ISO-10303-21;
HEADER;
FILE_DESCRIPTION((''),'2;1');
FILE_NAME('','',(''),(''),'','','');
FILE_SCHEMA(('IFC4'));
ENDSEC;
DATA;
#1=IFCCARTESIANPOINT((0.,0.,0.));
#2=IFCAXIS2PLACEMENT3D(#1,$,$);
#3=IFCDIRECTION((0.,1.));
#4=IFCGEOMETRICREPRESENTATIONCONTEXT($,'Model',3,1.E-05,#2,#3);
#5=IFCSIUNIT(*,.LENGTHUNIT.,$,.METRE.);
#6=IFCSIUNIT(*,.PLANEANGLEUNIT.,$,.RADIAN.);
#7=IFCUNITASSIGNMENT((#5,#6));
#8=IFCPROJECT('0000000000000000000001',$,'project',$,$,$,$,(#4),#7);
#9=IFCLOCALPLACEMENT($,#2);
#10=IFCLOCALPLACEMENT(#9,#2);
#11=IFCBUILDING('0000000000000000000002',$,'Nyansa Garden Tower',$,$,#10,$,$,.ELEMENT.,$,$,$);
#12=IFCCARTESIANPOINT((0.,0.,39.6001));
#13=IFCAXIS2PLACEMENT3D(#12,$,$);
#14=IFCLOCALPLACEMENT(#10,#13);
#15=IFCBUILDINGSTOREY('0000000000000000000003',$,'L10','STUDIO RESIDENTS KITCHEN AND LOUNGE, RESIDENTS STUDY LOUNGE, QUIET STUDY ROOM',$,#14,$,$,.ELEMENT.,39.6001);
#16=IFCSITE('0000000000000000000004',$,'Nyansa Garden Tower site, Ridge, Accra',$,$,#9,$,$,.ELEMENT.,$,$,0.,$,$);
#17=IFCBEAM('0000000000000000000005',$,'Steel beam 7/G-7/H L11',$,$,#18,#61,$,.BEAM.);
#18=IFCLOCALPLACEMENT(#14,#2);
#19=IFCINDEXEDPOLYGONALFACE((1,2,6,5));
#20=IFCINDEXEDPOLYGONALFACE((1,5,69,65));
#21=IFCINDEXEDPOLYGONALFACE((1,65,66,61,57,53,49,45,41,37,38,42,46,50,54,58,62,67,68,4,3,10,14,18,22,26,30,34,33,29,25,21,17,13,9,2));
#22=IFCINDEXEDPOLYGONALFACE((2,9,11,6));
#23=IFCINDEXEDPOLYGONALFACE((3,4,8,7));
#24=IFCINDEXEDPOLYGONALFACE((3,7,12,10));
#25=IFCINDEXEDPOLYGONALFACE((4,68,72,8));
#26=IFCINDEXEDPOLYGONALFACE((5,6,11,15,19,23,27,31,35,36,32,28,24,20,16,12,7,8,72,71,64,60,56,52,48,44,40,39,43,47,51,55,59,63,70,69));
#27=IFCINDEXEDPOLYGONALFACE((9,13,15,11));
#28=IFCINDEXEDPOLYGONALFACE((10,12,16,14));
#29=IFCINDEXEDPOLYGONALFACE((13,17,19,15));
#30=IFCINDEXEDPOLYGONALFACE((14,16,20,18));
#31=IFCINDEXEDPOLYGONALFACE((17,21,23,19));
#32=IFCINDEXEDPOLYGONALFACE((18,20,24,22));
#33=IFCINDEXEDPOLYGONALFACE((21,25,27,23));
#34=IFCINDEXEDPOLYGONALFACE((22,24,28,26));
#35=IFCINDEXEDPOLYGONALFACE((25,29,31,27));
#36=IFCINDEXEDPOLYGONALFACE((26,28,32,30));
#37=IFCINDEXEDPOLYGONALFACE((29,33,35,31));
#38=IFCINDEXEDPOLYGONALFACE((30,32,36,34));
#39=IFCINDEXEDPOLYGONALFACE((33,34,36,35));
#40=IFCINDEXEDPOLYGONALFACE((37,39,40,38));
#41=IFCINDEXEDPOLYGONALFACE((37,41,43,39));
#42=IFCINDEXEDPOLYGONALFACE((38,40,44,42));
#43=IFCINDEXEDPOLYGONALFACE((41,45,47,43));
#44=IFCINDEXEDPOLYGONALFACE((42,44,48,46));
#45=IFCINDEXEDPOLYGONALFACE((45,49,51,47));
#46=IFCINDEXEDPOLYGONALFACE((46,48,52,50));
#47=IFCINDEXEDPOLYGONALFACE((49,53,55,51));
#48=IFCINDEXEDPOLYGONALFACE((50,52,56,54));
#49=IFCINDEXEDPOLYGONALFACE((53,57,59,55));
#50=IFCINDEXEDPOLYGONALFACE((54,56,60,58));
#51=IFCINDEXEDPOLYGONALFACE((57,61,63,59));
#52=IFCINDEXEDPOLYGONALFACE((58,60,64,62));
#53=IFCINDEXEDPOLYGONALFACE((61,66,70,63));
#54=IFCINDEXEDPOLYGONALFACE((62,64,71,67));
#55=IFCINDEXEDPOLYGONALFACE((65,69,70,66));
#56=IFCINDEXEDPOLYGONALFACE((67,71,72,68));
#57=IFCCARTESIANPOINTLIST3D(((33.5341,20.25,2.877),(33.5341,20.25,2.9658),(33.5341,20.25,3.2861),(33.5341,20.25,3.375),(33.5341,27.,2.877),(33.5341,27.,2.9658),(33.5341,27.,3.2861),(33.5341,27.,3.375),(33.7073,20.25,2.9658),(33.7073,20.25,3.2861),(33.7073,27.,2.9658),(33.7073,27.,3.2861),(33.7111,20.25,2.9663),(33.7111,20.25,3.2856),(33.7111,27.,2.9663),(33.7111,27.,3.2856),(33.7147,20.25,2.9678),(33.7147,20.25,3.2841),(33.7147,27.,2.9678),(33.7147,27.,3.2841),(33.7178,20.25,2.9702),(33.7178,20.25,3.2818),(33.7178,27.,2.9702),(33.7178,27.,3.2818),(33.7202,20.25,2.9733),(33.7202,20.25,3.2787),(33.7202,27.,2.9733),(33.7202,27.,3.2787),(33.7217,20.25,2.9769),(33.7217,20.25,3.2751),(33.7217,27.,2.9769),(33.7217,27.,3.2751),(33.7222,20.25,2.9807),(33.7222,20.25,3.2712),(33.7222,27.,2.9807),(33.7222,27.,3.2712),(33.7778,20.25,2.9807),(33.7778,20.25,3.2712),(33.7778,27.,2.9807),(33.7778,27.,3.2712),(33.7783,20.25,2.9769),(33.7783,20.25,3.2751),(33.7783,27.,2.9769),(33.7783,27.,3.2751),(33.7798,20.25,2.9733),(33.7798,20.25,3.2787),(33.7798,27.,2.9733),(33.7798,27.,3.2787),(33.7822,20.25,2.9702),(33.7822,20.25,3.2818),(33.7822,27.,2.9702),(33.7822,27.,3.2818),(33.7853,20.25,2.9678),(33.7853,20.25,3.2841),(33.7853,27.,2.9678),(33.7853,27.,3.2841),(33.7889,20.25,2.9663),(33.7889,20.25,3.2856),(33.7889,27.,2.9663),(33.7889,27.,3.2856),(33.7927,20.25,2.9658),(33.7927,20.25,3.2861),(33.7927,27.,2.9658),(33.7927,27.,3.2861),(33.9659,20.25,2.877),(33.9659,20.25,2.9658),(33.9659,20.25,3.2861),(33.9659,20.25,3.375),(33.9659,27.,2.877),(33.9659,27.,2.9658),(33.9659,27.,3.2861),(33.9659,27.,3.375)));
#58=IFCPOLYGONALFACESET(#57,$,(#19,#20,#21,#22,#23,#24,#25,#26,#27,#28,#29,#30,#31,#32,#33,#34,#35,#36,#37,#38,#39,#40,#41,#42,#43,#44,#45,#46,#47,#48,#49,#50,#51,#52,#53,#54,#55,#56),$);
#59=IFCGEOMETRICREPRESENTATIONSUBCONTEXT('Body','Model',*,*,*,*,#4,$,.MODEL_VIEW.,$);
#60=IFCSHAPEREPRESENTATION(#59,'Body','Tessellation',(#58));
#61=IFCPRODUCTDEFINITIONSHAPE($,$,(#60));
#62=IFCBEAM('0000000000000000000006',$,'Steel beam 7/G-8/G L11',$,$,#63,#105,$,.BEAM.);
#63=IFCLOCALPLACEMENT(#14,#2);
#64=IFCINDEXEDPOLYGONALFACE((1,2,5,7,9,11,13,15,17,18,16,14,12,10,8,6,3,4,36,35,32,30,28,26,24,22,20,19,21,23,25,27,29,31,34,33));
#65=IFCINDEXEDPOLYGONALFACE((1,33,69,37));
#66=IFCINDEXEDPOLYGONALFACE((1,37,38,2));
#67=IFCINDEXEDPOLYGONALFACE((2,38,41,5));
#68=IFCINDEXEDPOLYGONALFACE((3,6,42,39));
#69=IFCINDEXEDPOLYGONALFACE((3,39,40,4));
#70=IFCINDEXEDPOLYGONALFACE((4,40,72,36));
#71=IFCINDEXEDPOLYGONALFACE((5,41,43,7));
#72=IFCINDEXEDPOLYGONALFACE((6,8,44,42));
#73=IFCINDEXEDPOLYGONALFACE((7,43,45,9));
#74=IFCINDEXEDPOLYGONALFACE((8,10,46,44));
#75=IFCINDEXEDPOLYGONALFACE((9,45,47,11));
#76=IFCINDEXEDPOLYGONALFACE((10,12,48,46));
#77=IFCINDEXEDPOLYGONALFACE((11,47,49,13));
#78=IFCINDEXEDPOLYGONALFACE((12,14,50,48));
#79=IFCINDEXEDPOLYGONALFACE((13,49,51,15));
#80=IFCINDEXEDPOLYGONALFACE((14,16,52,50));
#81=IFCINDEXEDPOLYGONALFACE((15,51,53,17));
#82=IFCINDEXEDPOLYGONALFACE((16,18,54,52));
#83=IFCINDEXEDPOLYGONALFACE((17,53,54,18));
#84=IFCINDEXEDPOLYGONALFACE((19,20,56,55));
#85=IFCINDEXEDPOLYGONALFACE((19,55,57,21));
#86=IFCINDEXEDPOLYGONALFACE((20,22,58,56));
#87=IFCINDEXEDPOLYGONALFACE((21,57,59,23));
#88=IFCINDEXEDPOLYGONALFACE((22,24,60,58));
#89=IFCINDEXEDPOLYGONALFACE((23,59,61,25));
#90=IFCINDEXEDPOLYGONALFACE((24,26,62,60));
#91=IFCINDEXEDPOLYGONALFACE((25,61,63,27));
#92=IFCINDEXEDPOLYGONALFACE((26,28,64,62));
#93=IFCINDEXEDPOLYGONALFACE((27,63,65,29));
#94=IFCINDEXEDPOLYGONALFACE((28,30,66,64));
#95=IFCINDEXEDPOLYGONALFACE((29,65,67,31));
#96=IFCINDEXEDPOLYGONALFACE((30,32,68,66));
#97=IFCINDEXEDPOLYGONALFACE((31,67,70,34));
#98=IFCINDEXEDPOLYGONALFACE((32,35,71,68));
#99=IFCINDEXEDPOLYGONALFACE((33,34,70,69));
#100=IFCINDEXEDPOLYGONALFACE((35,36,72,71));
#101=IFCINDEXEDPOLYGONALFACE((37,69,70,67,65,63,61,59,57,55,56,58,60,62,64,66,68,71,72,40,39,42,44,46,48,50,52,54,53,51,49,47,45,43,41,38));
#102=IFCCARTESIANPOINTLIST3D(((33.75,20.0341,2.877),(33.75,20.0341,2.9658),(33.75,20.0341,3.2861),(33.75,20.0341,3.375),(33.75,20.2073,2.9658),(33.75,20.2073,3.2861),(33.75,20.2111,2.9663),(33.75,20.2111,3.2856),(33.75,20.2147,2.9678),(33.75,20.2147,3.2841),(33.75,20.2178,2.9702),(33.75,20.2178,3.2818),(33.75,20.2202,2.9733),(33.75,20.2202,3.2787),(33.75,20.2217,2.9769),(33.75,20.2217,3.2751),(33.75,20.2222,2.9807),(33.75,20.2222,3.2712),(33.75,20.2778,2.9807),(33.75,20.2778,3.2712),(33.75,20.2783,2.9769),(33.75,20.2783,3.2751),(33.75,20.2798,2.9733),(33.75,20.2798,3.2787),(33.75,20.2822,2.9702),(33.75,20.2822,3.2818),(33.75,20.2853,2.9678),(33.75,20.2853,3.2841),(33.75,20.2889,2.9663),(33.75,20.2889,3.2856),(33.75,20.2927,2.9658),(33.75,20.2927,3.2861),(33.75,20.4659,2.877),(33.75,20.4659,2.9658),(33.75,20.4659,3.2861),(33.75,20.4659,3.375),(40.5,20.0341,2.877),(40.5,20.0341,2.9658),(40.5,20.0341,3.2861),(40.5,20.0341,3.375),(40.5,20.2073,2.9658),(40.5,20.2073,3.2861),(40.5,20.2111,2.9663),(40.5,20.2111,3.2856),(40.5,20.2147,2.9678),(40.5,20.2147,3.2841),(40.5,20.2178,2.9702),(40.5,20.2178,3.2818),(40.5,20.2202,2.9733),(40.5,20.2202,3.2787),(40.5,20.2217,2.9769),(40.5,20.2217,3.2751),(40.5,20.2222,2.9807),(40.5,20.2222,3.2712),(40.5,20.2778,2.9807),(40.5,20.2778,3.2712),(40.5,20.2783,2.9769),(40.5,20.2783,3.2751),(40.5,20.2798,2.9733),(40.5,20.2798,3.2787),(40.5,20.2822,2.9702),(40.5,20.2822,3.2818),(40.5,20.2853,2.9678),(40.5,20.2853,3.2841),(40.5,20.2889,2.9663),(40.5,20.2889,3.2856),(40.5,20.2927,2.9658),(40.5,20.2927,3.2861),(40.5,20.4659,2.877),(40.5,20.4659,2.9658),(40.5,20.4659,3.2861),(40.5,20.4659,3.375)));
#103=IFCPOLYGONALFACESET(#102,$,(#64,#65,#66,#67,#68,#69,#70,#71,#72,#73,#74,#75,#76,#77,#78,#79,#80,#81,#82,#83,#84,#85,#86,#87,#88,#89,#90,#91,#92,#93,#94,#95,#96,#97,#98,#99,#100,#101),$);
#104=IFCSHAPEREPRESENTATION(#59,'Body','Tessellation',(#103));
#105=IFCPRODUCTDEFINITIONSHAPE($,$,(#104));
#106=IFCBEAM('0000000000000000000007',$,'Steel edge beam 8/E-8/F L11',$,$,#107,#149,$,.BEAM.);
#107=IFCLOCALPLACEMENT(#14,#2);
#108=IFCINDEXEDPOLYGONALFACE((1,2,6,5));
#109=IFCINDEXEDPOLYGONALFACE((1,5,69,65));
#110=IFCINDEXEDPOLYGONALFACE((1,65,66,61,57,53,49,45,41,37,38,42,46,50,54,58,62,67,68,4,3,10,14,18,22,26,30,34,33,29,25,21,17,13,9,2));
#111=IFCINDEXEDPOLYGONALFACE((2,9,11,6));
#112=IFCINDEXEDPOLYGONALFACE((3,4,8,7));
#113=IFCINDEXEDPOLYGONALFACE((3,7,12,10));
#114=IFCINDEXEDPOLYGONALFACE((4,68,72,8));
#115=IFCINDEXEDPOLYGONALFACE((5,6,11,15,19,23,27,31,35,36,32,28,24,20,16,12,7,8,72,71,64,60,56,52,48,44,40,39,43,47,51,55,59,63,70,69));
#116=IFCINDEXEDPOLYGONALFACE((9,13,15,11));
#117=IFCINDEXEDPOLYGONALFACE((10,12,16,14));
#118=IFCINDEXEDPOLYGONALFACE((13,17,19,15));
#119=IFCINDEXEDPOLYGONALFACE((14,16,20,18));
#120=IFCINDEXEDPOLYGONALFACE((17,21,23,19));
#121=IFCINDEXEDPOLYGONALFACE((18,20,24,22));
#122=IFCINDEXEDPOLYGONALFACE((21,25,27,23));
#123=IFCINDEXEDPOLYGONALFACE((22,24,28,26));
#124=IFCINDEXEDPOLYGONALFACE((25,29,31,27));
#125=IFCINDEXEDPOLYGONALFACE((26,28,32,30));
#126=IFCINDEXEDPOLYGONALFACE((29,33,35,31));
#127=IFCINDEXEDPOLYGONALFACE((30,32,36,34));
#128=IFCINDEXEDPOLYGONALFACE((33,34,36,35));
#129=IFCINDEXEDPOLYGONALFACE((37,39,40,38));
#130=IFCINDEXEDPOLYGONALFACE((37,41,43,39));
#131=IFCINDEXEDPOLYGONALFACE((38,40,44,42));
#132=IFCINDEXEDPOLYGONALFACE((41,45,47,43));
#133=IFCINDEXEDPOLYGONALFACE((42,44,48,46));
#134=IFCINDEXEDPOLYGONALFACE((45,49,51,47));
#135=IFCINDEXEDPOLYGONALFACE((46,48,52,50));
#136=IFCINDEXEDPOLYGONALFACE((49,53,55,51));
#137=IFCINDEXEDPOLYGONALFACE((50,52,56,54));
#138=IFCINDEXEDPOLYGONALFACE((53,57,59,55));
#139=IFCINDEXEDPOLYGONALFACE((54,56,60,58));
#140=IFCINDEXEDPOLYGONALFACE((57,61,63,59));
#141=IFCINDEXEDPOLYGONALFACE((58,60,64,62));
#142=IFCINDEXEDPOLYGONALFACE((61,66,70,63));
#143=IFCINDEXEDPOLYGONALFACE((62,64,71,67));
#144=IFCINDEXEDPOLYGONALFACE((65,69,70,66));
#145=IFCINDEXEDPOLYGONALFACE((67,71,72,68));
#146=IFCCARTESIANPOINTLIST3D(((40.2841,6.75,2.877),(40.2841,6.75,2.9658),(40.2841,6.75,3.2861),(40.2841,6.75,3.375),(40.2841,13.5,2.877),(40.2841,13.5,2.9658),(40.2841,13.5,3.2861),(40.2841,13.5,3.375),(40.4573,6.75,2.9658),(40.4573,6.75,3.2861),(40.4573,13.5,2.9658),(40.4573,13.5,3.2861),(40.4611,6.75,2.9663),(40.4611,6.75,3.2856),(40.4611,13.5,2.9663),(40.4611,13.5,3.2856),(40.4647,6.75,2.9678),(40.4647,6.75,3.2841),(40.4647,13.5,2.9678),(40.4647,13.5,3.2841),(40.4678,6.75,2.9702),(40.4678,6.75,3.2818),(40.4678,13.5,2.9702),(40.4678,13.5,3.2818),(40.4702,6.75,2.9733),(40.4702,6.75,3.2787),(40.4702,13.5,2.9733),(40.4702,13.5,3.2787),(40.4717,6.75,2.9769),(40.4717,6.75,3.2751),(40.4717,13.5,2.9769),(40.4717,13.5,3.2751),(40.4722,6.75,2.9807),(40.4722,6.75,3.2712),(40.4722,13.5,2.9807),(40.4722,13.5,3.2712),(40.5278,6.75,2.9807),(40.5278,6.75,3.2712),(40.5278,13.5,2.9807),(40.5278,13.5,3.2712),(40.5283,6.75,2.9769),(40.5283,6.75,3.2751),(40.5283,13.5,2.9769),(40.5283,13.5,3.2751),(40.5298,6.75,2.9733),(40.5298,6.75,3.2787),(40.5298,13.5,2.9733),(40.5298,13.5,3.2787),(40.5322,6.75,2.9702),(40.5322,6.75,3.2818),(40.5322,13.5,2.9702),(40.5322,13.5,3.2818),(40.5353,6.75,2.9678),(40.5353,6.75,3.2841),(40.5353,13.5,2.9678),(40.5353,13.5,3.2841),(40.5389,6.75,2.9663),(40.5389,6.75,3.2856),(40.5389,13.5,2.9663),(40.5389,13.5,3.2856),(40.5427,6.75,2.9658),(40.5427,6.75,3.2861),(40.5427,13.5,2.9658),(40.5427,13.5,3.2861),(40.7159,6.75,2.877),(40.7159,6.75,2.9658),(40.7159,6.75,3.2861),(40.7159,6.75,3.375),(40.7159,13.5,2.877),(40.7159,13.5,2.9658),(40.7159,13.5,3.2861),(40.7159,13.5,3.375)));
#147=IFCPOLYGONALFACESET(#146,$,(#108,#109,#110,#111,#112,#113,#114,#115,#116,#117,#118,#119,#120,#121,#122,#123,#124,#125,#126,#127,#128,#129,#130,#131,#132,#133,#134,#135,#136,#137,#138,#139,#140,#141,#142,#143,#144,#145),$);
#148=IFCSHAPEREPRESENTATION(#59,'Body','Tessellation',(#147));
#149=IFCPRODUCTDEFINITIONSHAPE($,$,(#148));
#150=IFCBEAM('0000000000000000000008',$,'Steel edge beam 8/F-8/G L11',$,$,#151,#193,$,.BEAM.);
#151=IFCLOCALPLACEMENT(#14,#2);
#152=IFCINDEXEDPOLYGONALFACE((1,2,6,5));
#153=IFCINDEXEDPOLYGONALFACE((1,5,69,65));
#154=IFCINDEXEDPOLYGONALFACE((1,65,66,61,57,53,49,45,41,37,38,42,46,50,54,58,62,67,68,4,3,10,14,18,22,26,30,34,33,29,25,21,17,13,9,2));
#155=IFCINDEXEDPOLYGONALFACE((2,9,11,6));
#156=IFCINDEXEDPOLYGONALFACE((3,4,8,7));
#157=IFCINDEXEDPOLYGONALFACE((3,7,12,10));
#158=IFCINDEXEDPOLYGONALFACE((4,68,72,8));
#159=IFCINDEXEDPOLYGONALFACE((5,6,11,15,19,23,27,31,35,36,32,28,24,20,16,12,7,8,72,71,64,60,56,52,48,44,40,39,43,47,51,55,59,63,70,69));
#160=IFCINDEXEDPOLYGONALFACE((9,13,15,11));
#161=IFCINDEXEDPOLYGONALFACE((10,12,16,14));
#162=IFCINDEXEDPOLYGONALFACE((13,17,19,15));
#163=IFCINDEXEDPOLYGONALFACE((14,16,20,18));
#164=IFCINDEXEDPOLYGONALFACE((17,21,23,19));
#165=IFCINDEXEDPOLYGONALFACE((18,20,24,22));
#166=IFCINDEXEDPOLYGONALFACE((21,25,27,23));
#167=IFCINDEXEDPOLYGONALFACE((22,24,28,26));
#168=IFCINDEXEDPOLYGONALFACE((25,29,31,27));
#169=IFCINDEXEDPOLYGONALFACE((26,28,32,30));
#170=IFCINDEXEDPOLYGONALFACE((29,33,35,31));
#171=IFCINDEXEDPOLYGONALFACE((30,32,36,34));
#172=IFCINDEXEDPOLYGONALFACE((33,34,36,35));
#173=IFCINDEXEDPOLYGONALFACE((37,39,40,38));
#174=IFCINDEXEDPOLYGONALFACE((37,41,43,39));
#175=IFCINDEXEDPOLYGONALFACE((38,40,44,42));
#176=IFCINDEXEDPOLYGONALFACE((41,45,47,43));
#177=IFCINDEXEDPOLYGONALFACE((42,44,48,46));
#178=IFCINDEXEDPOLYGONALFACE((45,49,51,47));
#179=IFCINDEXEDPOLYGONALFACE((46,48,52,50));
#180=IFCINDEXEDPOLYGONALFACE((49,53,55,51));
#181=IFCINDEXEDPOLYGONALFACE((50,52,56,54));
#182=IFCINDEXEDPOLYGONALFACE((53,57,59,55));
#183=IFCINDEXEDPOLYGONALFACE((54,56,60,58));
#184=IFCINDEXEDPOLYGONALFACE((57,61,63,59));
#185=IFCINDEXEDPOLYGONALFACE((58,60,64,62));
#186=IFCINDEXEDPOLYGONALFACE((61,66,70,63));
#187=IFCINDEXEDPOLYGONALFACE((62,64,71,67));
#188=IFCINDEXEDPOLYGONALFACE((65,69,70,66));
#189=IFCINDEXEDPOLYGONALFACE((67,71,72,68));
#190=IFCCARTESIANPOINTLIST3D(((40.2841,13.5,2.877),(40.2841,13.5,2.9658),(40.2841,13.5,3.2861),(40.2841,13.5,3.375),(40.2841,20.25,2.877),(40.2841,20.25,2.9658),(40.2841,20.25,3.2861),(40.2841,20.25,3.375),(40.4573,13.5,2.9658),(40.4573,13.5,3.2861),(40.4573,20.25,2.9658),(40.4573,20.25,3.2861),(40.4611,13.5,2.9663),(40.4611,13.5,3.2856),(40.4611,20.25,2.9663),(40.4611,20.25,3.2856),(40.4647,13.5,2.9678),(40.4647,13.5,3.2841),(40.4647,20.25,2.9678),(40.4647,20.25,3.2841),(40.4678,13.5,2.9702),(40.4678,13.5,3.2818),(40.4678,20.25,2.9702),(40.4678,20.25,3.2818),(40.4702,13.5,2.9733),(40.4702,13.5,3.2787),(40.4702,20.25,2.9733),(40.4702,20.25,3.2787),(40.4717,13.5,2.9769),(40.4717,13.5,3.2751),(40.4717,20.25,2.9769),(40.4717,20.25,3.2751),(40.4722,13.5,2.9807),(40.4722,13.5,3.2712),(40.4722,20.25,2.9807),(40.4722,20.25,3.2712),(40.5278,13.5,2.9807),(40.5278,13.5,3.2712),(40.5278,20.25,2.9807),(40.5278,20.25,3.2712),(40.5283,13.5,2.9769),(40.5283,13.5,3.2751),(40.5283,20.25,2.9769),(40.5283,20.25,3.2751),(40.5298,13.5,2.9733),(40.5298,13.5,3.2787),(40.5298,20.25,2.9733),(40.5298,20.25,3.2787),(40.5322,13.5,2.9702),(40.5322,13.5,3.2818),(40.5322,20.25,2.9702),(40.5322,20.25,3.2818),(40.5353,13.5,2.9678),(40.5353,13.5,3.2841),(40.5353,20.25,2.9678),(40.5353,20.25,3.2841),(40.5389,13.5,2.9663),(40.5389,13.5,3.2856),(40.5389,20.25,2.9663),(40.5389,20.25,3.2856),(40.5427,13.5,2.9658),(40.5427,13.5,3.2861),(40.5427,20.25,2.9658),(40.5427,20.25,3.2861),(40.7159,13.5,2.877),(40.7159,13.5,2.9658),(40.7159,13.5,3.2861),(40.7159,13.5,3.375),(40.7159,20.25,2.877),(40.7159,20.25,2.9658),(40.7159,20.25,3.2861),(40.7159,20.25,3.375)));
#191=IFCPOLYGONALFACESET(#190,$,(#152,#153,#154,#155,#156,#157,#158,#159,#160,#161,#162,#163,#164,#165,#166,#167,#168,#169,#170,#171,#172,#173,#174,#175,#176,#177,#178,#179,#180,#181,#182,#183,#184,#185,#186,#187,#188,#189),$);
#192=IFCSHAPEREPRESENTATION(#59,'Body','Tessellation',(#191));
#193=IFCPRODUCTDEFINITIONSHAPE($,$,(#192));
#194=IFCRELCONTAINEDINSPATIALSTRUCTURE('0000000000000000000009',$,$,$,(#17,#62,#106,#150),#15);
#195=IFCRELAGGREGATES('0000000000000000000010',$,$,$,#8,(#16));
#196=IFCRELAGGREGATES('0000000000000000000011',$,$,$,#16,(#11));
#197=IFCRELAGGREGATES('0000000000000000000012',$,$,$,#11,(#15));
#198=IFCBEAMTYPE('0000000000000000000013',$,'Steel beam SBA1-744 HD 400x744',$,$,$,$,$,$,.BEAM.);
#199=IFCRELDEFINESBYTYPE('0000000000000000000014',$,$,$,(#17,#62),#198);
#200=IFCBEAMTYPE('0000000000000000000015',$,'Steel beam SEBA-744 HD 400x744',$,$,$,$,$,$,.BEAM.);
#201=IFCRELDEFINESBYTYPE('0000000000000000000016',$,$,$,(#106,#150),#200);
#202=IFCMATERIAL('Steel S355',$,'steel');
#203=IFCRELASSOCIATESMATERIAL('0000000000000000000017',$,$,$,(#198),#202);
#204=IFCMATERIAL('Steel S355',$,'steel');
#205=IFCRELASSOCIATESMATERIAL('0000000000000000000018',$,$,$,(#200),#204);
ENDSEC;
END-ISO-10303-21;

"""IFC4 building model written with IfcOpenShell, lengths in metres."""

from ifc_helpers import new_model, si_unit, direction, frame, origin, origin_2d, place, context, subcontext, project, spatial, i_section, extrude, material, material_profile, profile_set, type_object, element, save


model = new_model("IFC4")

# Units and contexts
model_context = context("Model", 3, precision=1e-05, world=origin(), true_north=direction((0.0, 1.0)))
body_context = subcontext(model_context, "Body", "Model", "MODEL_VIEW")
ifc_project = project(units=[si_unit("LENGTHUNIT", "METRE"), si_unit("PLANEANGLEUNIT", "RADIAN")], contexts=[model_context])

# Site, building, storey
site_placement = place(None, origin())
site = spatial("IfcSite", under=ifc_project, at=site_placement, Name="Nyansa Garden Tower site, Ridge, Accra", CompositionType="ELEMENT", RefElevation=0.0)
building_placement = place(site_placement, origin())
building = spatial("IfcBuilding", under=site, at=building_placement, Name="Nyansa Garden Tower", CompositionType="ELEMENT")
storey_placement = place(building_placement, frame((0.0, 0.0, 39.6001)))
storey = spatial("IfcBuildingStorey", under=building, at=storey_placement, Name="L10", Description="STUDIO RESIDENTS KITCHEN AND LOUNGE, RESIDENTS STUDY LOUNGE, QUIET STUDY ROOM", CompositionType="ELEMENT", Elevation=39.6001)

# Beams
ifc_material_1 = material(Name="Steel S355", Category="steel")
ifc_material_profile_1 = material_profile(ifc_material_1, i_section(OverallWidth=0.4319, OverallDepth=0.498, WebThickness=0.0557, FlangeThickness=0.0889, FilletRadius=0.0149, at=origin_2d()), Name="HD 400x744")
ifc_profile_set_1 = profile_set([ifc_material_profile_1], Name="Steel S355")
beam_type_1 = type_object("IfcBeamType", Name="Steel beam SBA1-744 HD 400x744", PredefinedType="BEAM", material=ifc_profile_set_1)
for number, where, z_axis, x_axis, name in (
    (1, (33.75, 20.25, 3.126), (0.0, 1.0, 0.0), (-1.0, 0.0, 0.0), "Steel beam 7/G-7/H L11"),
    (2, (33.75, 20.25, 3.126), (1.0, 0.0, 0.0), (0.0, 1.0, 0.0), "Steel beam 7/G-8/G L11"),
):
    element("IfcBeam", number, at=place(storey_placement, frame(where, z_axis=z_axis, x_axis=x_axis)), inside=storey, type_object=beam_type_1, Name=name, PredefinedType="BEAM", context=body_context, shape_type="SweptSolid", body=[
        extrude(i_section(OverallWidth=0.4319, OverallDepth=0.498, WebThickness=0.0557, FlangeThickness=0.0889, FilletRadius=0.0149, at=origin_2d()), origin(), (0.0, 0.0, 1.0), 6.75),
    ])
ifc_material_2 = material(Name="Steel S355", Category="steel")
ifc_material_profile_2 = material_profile(ifc_material_2, i_section(OverallWidth=0.4319, OverallDepth=0.498, WebThickness=0.0557, FlangeThickness=0.0889, FilletRadius=0.0149, at=origin_2d()), Name="HD 400x744")
ifc_profile_set_2 = profile_set([ifc_material_profile_2], Name="Steel S355")
beam_type_2 = type_object("IfcBeamType", Name="Steel beam SEBA-744 HD 400x744", PredefinedType="BEAM", material=ifc_profile_set_2)
for number, where, z_axis, x_axis, name in (
    (3, (40.5, 6.75, 3.126), (0.0, 1.0, 0.0), (-1.0, 0.0, 0.0), "Steel edge beam 8/E-8/F L11"),
    (4, (40.5, 13.5, 3.126), (0.0, 1.0, 0.0), (-1.0, 0.0, 0.0), "Steel edge beam 8/F-8/G L11"),
):
    element("IfcBeam", number, at=place(storey_placement, frame(where, z_axis=z_axis, x_axis=x_axis)), inside=storey, type_object=beam_type_2, Name=name, PredefinedType="BEAM", context=body_context, shape_type="SweptSolid", body=[
        extrude(i_section(OverallWidth=0.4319, OverallDepth=0.498, WebThickness=0.0557, FlangeThickness=0.0889, FilletRadius=0.0149, at=origin_2d()), origin(), (0.0, 0.0, 1.0), 6.75),
    ])

save(model, "model.ifc")
